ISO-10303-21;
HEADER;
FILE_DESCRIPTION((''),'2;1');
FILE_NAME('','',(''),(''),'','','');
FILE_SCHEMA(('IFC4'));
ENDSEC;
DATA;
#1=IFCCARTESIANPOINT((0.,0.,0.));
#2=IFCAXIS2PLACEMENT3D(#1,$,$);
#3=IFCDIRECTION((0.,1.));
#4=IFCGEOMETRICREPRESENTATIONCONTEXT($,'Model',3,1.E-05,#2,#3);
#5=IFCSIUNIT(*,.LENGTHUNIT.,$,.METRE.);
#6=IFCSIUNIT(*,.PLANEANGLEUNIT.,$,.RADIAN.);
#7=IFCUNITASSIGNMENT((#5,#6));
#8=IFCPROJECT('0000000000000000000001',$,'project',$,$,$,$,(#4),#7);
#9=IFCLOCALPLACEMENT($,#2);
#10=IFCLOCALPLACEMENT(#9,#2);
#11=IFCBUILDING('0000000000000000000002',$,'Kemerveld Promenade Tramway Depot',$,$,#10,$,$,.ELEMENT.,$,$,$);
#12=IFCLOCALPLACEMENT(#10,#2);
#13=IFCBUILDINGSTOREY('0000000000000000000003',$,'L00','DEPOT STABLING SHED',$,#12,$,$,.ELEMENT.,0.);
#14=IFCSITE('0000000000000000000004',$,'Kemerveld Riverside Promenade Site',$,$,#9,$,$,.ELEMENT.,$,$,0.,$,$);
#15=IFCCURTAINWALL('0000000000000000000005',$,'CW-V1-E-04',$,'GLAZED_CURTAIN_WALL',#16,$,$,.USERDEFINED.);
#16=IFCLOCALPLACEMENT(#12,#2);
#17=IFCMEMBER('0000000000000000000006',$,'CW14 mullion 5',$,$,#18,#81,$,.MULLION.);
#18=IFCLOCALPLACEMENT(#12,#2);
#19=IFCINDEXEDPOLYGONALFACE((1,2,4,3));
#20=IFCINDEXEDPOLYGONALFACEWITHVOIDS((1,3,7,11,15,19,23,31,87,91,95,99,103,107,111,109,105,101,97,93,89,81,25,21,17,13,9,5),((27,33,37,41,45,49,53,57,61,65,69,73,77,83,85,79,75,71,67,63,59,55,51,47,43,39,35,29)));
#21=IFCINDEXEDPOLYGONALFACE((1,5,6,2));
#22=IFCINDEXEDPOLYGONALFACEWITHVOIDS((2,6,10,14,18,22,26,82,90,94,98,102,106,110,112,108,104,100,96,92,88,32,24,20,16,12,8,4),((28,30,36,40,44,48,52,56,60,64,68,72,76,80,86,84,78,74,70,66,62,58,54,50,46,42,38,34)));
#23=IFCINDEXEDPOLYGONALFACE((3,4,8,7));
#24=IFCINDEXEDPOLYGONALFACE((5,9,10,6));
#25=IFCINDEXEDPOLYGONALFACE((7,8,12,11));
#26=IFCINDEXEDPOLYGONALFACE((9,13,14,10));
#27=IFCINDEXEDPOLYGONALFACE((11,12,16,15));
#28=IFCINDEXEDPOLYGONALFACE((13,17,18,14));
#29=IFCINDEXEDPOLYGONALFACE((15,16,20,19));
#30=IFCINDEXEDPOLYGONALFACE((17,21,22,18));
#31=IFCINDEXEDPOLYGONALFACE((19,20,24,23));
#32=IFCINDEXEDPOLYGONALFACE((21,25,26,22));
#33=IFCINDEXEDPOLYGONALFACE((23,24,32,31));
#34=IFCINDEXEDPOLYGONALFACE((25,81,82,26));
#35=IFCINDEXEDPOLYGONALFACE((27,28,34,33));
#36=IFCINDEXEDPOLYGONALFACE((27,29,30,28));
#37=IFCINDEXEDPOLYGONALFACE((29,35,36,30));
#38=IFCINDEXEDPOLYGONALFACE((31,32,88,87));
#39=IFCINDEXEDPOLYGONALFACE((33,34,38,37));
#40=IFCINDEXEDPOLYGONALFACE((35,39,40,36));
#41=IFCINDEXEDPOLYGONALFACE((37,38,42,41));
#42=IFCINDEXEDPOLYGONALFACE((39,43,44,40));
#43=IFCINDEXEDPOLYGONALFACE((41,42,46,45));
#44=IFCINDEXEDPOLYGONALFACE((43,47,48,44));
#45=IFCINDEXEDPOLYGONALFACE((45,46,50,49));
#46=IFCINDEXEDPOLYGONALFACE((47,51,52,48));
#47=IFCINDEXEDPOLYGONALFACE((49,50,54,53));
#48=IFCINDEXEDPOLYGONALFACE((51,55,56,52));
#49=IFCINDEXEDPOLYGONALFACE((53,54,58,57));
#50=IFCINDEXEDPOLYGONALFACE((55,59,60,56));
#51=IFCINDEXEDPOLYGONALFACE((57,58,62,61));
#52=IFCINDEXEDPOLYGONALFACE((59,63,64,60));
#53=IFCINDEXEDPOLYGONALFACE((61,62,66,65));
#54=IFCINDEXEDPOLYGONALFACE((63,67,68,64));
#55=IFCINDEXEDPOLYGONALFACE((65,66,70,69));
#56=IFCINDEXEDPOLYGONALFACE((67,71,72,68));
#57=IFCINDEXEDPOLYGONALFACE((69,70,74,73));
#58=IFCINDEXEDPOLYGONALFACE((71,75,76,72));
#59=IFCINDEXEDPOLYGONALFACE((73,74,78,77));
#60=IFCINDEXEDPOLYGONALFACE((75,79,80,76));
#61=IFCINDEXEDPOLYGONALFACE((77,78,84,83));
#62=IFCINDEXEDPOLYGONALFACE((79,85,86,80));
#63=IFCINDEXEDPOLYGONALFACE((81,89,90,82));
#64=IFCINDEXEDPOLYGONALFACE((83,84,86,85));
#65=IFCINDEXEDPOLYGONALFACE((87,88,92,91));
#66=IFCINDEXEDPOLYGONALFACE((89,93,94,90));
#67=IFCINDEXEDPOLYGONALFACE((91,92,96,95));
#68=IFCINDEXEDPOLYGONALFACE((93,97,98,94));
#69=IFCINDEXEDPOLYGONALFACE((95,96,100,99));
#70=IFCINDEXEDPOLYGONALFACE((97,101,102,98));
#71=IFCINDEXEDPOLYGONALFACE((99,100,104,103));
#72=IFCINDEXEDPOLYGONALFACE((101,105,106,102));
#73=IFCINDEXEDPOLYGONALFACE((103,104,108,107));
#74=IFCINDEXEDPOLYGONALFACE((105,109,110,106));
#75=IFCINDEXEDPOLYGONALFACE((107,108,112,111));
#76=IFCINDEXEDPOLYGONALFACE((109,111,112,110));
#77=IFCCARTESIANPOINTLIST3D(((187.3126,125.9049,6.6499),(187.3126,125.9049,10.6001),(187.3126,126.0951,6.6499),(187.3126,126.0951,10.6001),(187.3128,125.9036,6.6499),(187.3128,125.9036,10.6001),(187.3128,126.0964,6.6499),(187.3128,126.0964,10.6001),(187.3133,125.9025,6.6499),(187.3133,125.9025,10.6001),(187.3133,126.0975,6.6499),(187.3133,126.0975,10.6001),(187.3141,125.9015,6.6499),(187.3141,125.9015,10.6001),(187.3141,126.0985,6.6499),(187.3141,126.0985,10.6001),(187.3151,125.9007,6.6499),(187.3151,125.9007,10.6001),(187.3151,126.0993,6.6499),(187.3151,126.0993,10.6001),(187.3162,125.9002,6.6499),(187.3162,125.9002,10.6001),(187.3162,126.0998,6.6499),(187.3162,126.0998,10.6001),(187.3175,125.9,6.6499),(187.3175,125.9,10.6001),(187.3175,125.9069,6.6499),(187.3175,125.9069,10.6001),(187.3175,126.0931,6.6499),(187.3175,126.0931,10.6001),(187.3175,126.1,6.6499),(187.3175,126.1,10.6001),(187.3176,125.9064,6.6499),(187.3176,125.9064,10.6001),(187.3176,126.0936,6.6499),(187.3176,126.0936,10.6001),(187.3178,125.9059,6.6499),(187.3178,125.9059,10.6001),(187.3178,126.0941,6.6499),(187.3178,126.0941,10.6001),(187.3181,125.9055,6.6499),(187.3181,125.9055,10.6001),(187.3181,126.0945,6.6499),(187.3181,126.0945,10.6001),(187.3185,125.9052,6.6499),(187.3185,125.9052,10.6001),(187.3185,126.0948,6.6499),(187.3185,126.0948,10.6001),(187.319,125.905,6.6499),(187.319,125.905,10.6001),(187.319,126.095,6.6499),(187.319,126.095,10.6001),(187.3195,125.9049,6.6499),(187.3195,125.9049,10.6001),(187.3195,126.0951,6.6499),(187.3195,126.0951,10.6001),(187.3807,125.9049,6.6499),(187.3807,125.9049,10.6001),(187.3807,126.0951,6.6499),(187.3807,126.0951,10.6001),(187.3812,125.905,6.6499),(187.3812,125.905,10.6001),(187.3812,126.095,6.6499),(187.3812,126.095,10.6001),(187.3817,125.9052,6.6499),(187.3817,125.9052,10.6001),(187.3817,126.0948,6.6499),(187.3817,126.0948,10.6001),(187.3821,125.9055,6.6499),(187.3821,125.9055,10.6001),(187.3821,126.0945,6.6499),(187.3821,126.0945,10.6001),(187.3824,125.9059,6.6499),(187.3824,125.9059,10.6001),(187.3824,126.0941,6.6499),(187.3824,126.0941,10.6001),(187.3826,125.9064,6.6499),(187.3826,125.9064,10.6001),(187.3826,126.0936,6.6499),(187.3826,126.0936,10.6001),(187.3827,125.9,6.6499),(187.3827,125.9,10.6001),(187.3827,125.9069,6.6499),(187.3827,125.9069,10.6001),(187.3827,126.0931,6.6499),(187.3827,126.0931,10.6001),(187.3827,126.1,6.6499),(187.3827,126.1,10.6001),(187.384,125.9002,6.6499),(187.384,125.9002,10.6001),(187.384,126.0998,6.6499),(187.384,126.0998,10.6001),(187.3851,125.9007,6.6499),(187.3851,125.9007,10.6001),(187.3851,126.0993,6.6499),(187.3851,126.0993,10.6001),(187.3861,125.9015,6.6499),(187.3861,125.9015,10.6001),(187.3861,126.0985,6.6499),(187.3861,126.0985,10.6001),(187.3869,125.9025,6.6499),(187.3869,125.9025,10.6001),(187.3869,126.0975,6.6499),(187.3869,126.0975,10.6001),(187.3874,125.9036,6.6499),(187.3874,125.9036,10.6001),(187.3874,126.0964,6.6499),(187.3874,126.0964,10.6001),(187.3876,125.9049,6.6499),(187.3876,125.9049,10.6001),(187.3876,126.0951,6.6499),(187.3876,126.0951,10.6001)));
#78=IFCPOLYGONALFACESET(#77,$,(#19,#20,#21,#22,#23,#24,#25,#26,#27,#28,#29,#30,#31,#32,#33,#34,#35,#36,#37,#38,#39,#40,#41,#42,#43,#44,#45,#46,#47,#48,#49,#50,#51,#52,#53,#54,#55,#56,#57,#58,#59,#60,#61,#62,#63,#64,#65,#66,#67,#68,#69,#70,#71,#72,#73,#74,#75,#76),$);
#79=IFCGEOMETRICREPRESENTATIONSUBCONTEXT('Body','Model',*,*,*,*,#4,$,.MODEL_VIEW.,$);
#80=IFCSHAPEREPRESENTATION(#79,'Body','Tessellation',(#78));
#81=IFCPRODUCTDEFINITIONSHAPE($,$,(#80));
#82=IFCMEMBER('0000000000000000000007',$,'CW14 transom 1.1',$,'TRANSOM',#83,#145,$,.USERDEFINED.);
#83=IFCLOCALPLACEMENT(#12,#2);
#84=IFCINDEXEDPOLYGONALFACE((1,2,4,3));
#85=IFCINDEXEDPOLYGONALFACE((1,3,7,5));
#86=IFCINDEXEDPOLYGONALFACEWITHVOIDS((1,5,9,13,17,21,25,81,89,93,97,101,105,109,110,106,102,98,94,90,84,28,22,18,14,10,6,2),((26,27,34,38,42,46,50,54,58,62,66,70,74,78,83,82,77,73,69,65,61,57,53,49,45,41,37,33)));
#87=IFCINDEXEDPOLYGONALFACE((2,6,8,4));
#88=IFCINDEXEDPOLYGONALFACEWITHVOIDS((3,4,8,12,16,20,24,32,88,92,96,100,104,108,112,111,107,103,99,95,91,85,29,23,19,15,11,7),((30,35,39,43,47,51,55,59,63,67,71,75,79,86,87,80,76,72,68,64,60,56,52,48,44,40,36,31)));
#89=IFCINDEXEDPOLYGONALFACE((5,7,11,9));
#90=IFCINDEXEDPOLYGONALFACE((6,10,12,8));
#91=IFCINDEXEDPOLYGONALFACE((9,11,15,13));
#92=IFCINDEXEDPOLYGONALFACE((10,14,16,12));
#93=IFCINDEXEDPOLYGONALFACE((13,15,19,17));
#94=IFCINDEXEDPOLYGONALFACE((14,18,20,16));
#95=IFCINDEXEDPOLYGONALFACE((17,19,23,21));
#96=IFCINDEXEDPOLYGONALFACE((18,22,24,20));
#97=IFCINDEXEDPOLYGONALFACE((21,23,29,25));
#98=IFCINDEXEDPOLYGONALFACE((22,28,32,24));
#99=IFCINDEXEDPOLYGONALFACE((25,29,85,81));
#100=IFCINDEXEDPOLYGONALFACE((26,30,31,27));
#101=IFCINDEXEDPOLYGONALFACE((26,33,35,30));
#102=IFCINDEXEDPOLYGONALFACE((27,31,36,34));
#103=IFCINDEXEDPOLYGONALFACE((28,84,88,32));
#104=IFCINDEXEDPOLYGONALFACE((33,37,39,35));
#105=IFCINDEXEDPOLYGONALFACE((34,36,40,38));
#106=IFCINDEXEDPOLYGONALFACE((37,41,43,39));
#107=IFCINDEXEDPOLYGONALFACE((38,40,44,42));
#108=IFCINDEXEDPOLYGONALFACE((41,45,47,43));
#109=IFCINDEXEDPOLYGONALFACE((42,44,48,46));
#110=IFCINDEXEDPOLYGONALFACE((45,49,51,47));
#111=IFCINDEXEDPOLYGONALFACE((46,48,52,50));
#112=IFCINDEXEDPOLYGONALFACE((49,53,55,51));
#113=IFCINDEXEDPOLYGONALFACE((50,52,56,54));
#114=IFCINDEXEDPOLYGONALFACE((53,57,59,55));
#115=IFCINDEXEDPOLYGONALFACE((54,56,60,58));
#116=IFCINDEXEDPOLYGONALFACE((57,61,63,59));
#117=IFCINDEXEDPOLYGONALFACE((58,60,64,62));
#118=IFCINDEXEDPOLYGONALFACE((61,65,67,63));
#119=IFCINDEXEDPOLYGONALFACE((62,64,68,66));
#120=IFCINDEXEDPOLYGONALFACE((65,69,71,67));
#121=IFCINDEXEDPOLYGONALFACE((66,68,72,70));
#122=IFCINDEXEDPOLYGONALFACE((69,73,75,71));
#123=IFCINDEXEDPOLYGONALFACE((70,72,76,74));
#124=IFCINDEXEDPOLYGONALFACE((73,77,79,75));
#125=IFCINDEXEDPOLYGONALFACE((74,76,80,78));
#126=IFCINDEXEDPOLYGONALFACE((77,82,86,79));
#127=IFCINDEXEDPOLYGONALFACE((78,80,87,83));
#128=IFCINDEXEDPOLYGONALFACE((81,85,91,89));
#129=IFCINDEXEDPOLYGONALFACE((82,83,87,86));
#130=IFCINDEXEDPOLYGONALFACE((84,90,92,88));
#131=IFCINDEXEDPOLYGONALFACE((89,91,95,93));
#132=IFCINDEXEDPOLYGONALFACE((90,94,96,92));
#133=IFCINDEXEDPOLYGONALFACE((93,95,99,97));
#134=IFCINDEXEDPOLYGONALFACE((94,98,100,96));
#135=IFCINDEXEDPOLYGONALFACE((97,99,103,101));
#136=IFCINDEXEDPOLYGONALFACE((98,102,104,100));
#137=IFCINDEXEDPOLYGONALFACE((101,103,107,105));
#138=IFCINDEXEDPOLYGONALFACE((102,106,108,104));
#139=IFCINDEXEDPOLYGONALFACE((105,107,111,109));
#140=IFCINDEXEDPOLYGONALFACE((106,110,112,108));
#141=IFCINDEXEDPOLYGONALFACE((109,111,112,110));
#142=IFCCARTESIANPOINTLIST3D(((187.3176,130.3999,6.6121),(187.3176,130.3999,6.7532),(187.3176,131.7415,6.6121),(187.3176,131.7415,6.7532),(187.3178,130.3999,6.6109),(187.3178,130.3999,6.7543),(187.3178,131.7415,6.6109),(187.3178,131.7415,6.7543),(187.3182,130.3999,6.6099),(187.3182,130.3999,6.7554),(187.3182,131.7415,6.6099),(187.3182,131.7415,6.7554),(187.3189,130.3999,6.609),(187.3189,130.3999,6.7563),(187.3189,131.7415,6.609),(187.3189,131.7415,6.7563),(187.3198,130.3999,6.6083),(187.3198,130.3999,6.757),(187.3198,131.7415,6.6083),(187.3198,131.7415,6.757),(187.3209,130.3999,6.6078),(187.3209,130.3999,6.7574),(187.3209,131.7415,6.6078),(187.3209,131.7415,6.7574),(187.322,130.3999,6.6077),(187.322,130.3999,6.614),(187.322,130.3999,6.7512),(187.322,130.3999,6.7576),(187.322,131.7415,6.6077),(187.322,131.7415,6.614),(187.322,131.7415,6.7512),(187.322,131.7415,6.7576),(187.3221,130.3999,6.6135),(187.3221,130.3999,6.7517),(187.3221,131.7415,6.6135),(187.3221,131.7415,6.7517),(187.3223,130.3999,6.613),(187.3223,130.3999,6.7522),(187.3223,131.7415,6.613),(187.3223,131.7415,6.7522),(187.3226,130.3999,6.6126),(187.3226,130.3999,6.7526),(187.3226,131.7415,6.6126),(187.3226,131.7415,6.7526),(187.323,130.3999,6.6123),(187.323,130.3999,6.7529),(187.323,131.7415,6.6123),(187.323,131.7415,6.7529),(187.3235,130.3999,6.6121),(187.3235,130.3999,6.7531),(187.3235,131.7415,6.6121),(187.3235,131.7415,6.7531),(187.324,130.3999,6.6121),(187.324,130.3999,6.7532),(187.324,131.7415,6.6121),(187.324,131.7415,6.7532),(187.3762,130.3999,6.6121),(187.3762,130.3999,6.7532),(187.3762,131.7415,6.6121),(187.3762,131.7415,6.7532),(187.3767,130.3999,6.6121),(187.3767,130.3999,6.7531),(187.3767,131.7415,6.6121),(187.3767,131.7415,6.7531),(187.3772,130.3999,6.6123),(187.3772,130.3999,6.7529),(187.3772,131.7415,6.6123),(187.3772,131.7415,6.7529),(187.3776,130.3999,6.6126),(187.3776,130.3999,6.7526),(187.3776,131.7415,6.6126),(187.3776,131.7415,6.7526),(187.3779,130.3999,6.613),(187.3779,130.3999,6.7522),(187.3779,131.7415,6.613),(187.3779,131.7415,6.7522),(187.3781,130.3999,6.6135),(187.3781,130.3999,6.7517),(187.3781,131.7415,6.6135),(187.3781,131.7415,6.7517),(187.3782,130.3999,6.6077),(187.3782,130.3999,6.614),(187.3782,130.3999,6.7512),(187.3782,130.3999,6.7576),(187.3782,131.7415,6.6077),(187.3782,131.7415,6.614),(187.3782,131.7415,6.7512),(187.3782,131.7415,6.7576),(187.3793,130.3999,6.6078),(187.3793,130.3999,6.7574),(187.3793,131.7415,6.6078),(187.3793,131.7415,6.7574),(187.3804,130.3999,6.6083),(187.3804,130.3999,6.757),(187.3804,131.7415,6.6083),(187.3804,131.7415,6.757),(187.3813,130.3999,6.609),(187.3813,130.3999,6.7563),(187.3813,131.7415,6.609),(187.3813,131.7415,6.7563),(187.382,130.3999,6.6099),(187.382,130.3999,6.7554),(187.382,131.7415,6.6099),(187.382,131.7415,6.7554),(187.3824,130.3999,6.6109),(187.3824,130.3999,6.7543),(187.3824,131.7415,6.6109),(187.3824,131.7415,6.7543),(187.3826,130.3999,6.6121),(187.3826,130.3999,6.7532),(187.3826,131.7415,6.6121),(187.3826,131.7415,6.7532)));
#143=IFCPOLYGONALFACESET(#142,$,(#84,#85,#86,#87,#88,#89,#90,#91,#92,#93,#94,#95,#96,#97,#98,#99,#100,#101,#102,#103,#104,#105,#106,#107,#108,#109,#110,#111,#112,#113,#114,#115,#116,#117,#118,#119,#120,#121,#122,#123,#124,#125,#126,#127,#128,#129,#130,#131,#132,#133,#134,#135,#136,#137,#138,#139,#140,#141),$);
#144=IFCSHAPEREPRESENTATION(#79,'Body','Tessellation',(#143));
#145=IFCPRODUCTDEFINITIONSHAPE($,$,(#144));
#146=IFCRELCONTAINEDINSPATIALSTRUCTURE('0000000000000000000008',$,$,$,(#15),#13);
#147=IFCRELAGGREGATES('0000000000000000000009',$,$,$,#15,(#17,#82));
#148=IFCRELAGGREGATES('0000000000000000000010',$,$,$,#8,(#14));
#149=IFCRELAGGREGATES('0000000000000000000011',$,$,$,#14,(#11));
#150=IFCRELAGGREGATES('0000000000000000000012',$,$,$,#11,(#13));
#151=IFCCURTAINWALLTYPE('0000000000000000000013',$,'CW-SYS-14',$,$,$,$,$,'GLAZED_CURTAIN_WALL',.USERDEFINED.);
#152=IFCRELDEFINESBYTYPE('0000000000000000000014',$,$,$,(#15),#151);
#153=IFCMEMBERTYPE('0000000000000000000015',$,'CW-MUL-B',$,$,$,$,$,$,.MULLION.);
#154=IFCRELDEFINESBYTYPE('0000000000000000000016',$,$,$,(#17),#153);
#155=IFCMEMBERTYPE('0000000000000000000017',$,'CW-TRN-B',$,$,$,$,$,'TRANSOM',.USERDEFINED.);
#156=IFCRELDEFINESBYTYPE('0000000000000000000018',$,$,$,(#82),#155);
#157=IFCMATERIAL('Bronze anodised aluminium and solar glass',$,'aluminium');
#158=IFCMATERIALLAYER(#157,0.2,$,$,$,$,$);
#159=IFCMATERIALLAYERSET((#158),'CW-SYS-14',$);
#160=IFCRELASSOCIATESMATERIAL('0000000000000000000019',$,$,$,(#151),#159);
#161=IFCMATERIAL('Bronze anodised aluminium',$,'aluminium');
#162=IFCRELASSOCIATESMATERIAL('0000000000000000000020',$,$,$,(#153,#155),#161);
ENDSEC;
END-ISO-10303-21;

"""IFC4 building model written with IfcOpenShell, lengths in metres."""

from ifc_helpers import new_model, si_unit, direction, frame, origin, origin_2d, place, context, subcontext, project, spatial, hollow_rectangle, extrude, material, layer, layer_set, material_profile, profile_set, type_object, element, aggregate, save


model = new_model("IFC4")

# Units and contexts
model_context = context("Model", 3, precision=1e-05, world=origin(), true_north=direction((0.0, 1.0)))
body_context = subcontext(model_context, "Body", "Model", "MODEL_VIEW")
ifc_project = project(units=[si_unit("LENGTHUNIT", "METRE"), si_unit("PLANEANGLEUNIT", "RADIAN")], contexts=[model_context])

# Site, building, storey
site_placement = place(None, origin())
site = spatial("IfcSite", under=ifc_project, at=site_placement, Name="Kemerveld Riverside Promenade Site", CompositionType="ELEMENT", RefElevation=0.0)
building_placement = place(site_placement, origin())
building = spatial("IfcBuilding", under=site, at=building_placement, Name="Kemerveld Promenade Tramway Depot", CompositionType="ELEMENT")
storey_placement = place(building_placement, origin())
storey = spatial("IfcBuildingStorey", under=building, at=storey_placement, Name="L00", Description="DEPOT STABLING SHED", CompositionType="ELEMENT", Elevation=0.0)

# Curtain wall, members
ifc_material_1 = material(Name="Bronze anodised aluminium and solar glass", Category="aluminium")
ifc_layer_1 = layer(ifc_material_1, 0.2)
ifc_layer_set_1 = layer_set([ifc_layer_1], Name="CW-SYS-14")
curtain_wall_type = type_object("IfcCurtainWallType", Name="CW-SYS-14", ElementType="GLAZED_CURTAIN_WALL", PredefinedType="USERDEFINED", material=ifc_layer_set_1)
curtain_wall_placement = place(storey_placement, origin())
curtain_wall = element("IfcCurtainWall", 1, at=curtain_wall_placement, inside=storey, type_object=curtain_wall_type, Name="CW-V1-E-04", ObjectType="GLAZED_CURTAIN_WALL", PredefinedType="USERDEFINED")
ifc_material_2 = material(Name="Bronze anodised aluminium", Category="aluminium")
ifc_material_profile_1 = material_profile(ifc_material_2, hollow_rectangle(XDim=0.075, YDim=0.2, WallThickness=0.0049, InnerFilletRadius=0.002, OuterFilletRadius=0.0049, at=origin_2d()), Name="CW-MUL-200x75")
ifc_profile_set_1 = profile_set([ifc_material_profile_1], Name="Bronze anodised aluminium")
member_type_1 = type_object("IfcMemberType", Name="CW-MUL-B", PredefinedType="MULLION", material=ifc_profile_set_1)
member_1_placement = place(storey_placement, frame((187.3501, 126.0, 6.6499), z_axis=(0.0, 0.0, 1.0), x_axis=(1.0, 0.0, 0.0)))
member_1 = element("IfcMember", 2, at=member_1_placement, type_object=member_type_1, Name="CW14 mullion 5", PredefinedType="MULLION", context=body_context, shape_type="SweptSolid", body=[
    extrude(hollow_rectangle(XDim=0.075, YDim=0.2, WallThickness=0.0049, InnerFilletRadius=0.002, OuterFilletRadius=0.0049, at=origin_2d()), origin(), (0.0, 0.0, 1.0), 3.9502),
])
ifc_material_profile_2 = material_profile(ifc_material_2, hollow_rectangle(XDim=0.0649, YDim=0.1499, WallThickness=0.0044, InnerFilletRadius=0.002, OuterFilletRadius=0.0044, at=origin_2d()), Name="CW-TRN-150x65")
ifc_profile_set_2 = profile_set([ifc_material_profile_2], Name="Bronze anodised aluminium")
member_type_2 = type_object("IfcMemberType", Name="CW-TRN-B", ElementType="TRANSOM", PredefinedType="USERDEFINED", material=ifc_profile_set_2)
member_2_placement = place(storey_placement, frame((187.3501, 131.7415, 6.6826), z_axis=(0.0, -1.0, 0.0), x_axis=(1.0, 0.0, 0.0)))
member_2 = element("IfcMember", 3, at=member_2_placement, type_object=member_type_2, Name="CW14 transom 1.1", ObjectType="TRANSOM", PredefinedType="USERDEFINED", context=body_context, shape_type="SweptSolid", body=[
    extrude(hollow_rectangle(XDim=0.0649, YDim=0.1499, WallThickness=0.0044, InnerFilletRadius=0.002, OuterFilletRadius=0.0044, at=origin_2d()), origin(), (0.0, 0.0, 1.0), 1.3416),
])

aggregate(curtain_wall, [member_1, member_2])

save(model, "model.ifc")
